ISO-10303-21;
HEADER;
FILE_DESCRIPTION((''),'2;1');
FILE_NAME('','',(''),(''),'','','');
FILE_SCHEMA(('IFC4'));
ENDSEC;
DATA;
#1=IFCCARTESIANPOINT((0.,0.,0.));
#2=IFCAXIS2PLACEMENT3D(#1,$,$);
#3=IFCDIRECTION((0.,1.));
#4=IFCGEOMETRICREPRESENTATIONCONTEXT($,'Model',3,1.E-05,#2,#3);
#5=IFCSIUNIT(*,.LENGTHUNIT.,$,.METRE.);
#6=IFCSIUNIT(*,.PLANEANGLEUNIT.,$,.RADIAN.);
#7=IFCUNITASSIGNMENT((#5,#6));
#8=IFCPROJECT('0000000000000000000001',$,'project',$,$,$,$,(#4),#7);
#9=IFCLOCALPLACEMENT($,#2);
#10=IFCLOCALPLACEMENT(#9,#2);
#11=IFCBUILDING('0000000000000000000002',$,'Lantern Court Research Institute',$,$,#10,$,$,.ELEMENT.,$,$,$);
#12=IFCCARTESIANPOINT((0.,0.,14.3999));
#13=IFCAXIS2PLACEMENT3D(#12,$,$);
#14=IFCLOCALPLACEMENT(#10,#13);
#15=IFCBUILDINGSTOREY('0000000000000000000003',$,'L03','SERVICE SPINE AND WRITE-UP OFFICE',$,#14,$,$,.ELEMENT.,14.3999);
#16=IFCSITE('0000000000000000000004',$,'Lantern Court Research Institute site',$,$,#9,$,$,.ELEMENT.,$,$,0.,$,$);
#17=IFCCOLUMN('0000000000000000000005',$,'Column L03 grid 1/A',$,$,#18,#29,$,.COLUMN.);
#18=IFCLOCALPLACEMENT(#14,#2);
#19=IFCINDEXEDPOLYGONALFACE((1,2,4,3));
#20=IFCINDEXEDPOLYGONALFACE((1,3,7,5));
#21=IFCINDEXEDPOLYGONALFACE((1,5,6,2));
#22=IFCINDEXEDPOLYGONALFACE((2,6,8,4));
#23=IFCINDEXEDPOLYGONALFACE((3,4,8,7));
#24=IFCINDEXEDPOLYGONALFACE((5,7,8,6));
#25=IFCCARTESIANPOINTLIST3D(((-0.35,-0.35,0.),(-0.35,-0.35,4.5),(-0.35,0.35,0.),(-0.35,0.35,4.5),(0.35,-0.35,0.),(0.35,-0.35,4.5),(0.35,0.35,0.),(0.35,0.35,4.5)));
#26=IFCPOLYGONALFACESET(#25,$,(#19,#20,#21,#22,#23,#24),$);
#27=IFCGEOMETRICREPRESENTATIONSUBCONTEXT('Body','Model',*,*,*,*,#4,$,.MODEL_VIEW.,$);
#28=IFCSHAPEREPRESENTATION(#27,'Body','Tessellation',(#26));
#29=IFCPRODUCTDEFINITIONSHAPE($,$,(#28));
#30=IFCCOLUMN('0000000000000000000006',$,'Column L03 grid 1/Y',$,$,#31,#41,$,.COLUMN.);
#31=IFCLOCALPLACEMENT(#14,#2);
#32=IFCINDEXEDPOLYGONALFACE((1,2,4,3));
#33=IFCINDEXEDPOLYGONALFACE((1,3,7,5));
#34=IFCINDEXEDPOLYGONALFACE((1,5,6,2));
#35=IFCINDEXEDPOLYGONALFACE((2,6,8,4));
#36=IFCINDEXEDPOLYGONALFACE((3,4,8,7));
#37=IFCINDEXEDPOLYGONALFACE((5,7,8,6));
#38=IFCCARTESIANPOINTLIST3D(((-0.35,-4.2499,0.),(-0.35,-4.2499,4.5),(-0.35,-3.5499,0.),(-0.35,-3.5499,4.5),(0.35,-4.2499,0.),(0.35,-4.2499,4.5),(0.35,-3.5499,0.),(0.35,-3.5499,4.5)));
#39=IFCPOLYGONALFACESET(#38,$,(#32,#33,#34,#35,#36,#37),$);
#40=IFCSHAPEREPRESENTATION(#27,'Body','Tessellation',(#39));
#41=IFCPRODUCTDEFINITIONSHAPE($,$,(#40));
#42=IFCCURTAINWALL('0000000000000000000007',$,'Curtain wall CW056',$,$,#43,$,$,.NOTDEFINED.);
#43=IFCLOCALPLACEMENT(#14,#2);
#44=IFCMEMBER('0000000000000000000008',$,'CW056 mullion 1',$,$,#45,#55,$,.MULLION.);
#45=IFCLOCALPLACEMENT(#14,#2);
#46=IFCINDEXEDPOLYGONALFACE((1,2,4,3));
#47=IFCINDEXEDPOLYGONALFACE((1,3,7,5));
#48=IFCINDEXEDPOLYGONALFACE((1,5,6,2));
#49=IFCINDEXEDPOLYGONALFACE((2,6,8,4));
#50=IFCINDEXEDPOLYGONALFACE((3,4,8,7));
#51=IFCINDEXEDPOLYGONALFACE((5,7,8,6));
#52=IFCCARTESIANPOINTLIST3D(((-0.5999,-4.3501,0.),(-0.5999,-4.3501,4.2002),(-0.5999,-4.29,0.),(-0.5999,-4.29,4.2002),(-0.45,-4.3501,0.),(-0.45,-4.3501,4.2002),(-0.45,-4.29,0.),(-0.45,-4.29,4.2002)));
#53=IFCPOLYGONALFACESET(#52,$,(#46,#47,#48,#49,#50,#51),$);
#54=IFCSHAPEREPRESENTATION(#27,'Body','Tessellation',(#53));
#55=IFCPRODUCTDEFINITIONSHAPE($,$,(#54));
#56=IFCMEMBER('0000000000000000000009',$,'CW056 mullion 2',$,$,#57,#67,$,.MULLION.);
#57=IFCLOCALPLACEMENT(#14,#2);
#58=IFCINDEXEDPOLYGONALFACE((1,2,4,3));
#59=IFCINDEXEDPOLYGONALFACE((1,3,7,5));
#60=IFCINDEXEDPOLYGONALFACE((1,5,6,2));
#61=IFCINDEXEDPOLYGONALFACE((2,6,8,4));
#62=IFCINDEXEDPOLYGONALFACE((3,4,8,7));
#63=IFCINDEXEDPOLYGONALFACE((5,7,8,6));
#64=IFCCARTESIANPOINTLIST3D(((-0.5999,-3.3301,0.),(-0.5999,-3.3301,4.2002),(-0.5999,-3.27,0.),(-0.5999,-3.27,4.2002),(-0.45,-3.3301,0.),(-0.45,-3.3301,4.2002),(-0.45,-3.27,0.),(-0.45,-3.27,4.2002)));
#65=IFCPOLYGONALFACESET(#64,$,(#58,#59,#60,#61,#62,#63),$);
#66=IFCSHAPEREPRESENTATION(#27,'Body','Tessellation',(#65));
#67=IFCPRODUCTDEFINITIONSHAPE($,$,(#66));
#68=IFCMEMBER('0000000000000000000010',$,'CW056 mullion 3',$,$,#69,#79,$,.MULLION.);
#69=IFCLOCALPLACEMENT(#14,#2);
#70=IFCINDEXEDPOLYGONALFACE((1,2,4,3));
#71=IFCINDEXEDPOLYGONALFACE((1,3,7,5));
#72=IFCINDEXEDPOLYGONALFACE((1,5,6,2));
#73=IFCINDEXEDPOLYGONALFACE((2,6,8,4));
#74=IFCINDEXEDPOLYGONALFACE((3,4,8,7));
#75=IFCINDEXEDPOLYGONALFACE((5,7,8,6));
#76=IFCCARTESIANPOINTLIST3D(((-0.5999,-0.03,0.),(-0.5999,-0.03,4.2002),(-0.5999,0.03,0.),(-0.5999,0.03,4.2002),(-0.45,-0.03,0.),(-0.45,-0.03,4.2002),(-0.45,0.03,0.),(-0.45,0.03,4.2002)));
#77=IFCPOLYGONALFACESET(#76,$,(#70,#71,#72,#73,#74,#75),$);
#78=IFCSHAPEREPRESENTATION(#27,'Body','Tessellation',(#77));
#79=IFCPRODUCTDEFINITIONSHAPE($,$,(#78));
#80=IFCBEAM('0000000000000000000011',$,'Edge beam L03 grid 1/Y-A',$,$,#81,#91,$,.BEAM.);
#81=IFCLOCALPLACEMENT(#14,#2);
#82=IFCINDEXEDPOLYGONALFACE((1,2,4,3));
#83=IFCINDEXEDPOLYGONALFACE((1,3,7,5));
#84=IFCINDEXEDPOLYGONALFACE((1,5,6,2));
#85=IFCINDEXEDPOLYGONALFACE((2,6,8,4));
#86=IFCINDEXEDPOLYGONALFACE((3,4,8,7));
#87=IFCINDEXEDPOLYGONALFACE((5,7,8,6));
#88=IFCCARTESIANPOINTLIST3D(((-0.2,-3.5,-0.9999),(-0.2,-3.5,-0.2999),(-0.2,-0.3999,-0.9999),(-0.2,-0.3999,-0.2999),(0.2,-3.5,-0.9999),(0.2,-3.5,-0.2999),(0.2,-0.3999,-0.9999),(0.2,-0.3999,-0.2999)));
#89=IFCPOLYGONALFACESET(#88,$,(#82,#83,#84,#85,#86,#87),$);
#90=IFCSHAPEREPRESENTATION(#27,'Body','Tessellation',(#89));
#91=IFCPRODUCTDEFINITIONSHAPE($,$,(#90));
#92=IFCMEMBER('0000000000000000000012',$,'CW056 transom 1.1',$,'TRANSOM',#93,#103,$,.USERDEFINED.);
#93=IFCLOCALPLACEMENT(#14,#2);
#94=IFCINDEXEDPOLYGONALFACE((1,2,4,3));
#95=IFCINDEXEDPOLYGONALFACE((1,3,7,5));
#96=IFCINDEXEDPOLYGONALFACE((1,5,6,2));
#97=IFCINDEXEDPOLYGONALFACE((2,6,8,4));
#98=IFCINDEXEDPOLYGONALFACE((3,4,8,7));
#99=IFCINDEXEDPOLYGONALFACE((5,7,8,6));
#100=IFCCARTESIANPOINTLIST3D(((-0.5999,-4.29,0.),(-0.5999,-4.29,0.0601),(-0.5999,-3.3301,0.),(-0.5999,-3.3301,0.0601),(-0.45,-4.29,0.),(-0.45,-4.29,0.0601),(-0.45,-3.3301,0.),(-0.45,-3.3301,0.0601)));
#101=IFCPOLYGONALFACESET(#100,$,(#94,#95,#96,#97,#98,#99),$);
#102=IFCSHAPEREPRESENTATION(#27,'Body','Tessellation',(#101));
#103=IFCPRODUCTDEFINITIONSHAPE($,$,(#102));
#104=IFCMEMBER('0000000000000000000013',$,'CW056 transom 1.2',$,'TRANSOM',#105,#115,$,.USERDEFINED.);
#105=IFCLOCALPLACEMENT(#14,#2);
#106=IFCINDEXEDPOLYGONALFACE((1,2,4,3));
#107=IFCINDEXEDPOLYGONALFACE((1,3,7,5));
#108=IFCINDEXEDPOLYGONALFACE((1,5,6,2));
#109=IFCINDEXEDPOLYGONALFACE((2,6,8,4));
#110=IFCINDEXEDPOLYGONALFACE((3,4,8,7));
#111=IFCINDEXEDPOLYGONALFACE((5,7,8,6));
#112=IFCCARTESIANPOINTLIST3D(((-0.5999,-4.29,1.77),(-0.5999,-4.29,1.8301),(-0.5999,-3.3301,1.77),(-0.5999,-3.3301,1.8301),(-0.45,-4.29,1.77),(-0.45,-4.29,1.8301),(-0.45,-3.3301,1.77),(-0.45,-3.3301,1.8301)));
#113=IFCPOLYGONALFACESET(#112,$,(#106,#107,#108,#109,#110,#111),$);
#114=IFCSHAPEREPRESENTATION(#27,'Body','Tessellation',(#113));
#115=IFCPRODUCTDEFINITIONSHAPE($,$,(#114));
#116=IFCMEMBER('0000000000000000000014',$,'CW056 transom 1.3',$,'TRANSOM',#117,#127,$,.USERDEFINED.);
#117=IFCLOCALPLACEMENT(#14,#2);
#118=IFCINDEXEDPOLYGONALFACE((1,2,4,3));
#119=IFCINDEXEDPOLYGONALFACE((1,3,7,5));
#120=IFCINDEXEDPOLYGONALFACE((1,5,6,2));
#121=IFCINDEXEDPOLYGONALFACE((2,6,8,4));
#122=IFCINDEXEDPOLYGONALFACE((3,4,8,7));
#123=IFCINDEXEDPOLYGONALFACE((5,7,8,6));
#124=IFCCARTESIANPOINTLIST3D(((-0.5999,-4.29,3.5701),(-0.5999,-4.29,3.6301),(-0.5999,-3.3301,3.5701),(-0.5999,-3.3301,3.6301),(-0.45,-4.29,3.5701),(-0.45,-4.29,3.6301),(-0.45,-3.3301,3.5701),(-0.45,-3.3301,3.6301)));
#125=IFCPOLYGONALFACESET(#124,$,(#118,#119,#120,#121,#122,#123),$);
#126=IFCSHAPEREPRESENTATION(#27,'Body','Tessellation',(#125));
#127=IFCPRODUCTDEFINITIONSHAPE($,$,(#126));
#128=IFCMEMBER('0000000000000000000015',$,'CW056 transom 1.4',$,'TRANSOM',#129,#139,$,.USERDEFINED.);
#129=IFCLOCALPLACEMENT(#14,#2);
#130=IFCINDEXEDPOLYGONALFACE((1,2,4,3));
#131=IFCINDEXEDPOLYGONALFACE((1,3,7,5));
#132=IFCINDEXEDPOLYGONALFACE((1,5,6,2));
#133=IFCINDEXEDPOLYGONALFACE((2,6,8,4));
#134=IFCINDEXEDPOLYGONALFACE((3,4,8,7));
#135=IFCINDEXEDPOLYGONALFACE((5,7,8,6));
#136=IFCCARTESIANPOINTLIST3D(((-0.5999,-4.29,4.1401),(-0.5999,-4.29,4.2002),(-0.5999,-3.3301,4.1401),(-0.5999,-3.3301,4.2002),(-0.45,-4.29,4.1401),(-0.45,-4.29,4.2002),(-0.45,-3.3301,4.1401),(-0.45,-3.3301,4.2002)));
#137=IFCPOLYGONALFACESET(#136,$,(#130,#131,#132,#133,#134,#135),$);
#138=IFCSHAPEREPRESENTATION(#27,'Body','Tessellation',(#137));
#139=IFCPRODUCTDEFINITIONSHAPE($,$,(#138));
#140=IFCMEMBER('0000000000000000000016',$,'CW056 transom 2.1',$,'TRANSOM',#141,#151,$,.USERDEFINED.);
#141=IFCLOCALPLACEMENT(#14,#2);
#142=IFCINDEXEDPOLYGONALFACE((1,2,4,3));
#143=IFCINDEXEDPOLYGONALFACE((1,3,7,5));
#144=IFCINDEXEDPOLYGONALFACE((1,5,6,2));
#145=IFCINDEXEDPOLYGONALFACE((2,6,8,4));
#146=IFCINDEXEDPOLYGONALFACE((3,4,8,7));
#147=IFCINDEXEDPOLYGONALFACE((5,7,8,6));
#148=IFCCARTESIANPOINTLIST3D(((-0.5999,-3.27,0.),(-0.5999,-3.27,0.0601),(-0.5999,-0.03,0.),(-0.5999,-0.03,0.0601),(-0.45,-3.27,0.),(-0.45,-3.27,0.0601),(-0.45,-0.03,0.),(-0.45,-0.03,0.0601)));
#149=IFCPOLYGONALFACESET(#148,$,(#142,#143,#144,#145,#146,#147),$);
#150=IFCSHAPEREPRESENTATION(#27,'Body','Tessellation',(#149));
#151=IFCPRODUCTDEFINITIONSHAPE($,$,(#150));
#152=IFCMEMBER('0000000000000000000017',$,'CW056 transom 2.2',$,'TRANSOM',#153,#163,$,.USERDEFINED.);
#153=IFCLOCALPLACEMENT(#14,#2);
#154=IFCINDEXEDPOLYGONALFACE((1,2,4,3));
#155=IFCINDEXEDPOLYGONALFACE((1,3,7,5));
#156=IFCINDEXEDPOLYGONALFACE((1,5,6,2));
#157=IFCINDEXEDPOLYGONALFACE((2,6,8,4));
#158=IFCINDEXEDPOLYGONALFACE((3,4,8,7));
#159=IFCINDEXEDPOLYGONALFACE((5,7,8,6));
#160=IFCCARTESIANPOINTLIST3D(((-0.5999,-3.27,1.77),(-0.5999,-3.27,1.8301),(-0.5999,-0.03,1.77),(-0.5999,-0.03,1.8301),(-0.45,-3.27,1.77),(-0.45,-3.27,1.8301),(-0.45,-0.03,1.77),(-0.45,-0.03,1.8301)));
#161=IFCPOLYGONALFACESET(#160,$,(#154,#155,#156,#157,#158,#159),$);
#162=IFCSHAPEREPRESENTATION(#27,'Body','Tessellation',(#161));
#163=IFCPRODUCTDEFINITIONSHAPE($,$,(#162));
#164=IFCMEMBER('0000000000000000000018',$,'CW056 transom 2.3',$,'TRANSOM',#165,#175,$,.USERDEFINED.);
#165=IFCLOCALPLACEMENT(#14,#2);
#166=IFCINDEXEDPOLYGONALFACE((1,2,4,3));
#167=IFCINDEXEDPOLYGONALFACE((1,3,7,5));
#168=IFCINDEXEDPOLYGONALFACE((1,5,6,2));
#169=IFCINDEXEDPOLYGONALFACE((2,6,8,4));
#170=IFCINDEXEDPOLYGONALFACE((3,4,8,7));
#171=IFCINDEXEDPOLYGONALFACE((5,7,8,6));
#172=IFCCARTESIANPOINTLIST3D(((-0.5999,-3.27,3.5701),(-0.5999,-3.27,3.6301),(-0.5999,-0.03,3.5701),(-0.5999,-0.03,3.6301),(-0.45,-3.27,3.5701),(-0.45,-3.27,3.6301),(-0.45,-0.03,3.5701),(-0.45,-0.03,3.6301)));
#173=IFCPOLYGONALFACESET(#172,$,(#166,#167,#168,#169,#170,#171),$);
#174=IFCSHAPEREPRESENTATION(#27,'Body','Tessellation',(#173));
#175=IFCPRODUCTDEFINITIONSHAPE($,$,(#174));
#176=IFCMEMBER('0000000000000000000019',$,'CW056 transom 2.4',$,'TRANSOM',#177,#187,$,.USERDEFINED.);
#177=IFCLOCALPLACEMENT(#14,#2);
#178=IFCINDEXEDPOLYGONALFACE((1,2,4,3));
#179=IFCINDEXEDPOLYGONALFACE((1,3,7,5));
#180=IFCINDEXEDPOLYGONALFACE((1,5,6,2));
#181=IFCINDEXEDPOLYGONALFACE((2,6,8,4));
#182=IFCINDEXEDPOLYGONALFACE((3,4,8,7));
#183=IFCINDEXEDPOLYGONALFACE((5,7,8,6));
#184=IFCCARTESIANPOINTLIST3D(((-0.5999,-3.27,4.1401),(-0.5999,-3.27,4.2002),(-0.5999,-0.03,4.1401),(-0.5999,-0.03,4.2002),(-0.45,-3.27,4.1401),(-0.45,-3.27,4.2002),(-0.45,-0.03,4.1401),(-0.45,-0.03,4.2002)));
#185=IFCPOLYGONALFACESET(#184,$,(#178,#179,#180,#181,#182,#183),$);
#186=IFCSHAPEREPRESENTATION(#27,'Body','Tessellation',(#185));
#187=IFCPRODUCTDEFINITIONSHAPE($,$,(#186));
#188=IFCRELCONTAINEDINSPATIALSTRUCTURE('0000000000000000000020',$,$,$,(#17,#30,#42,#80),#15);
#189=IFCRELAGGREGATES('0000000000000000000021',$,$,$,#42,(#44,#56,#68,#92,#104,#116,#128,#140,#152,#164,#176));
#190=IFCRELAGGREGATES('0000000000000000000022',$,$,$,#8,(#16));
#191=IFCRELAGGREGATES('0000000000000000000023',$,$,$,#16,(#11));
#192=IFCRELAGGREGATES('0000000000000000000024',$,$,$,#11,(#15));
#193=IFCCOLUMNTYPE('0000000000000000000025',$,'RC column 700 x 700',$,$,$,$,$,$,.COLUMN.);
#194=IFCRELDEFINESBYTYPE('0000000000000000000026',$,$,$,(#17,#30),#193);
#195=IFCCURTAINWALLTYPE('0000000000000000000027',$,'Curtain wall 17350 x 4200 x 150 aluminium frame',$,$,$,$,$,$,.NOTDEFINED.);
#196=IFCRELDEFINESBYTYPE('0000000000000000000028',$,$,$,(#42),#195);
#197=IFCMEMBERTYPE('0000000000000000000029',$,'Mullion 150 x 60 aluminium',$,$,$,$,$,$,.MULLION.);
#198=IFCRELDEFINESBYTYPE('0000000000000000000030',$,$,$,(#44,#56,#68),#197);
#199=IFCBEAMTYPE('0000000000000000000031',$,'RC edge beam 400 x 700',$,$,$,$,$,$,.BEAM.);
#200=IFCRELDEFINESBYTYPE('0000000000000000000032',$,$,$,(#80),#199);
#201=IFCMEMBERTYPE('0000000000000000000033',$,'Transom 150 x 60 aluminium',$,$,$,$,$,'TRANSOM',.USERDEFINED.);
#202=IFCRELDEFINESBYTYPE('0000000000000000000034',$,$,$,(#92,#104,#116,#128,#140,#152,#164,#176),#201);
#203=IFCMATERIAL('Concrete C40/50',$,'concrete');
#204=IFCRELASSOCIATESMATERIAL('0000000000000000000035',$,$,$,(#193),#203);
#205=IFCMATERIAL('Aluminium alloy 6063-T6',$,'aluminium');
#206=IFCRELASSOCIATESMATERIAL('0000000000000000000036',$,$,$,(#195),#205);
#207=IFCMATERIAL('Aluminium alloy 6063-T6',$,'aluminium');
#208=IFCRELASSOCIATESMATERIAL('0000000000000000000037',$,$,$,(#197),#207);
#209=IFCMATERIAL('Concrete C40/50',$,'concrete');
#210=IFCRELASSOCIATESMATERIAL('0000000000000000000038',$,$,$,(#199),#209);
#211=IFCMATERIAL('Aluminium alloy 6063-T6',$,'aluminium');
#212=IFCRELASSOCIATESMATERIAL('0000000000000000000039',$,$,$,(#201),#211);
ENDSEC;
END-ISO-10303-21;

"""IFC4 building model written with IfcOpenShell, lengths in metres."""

from ifc_helpers import new_model, si_unit, direction, frame, origin, origin_2d, place, context, subcontext, project, spatial, rectangle, extrude, material, material_profile, profile_set, type_object, element, aggregate, save


model = new_model("IFC4")

# Units and contexts
model_context = context("Model", 3, precision=1e-05, world=origin(), true_north=direction((0.0, 1.0)))
body_context = subcontext(model_context, "Body", "Model", "MODEL_VIEW")
ifc_project = project(units=[si_unit("LENGTHUNIT", "METRE"), si_unit("PLANEANGLEUNIT", "RADIAN")], contexts=[model_context])

# Site, building, storey
site_placement = place(None, origin())
site = spatial("IfcSite", under=ifc_project, at=site_placement, Name="Lantern Court Research Institute site", CompositionType="ELEMENT", RefElevation=0.0)
building_placement = place(site_placement, origin())
building = spatial("IfcBuilding", under=site, at=building_placement, Name="Lantern Court Research Institute", CompositionType="ELEMENT")
storey_placement = place(building_placement, frame((0.0, 0.0, 14.3999)))
storey = spatial("IfcBuildingStorey", under=building, at=storey_placement, Name="L03", Description="SERVICE SPINE AND WRITE-UP OFFICE", CompositionType="ELEMENT", Elevation=14.3999)

# Columns
ifc_material_1 = material(Name="Concrete C40/50", Category="concrete")
ifc_material_profile_1 = material_profile(ifc_material_1, rectangle(XDim=0.7, YDim=0.7, at=origin_2d()), Name="RC column 700 x 700")
ifc_profile_set_1 = profile_set([ifc_material_profile_1], Name="Concrete C40/50")
column_type = type_object("IfcColumnType", Name="RC column 700 x 700", PredefinedType="COLUMN", material=ifc_profile_set_1)
for number, where, z_axis, x_axis, name in (
    (1, (0.0, 0.0, 0.0), (0.0, 0.0, 1.0), (1.0, 0.0, 0.0), "Column L03 grid 1/A"),
    (2, (0.0, -3.8999, 0.0), (0.0, 0.0, 1.0), (1.0, 0.0, 0.0), "Column L03 grid 1/Y"),
):
    element("IfcColumn", number, at=place(storey_placement, frame(where, z_axis=z_axis, x_axis=x_axis)), inside=storey, type_object=column_type, Name=name, PredefinedType="COLUMN", context=body_context, shape_type="SweptSolid", body=[
        extrude(rectangle(XDim=0.7, YDim=0.7, at=origin_2d()), origin(), (0.0, 0.0, 1.0), 4.5),
    ])

# Curtain wall, members
ifc_material_2 = material(Name="Aluminium alloy 6063-T6", Category="aluminium")
curtain_wall_type = type_object("IfcCurtainWallType", Name="Curtain wall 17350 x 4200 x 150 aluminium frame", PredefinedType="NOTDEFINED", material=ifc_material_2)
curtain_wall_placement = place(storey_placement, origin())
curtain_wall = element("IfcCurtainWall", 3, at=curtain_wall_placement, inside=storey, type_object=curtain_wall_type, Name="Curtain wall CW056", PredefinedType="NOTDEFINED")
ifc_material_3 = material(Name="Aluminium alloy 6063-T6", Category="aluminium")
ifc_material_profile_2 = material_profile(ifc_material_3, rectangle(XDim=0.1499, YDim=0.0601, at=origin_2d()), Name="Mullion 150 x 60")
ifc_profile_set_2 = profile_set([ifc_material_profile_2], Name="Aluminium alloy 6063-T6")
member_type_1 = type_object("IfcMemberType", Name="Mullion 150 x 60 aluminium", PredefinedType="MULLION", material=ifc_profile_set_2)
member_1_placement = place(storey_placement, frame((-0.5249, -4.3201, 0.0), z_axis=(0.0, 0.0, 1.0), x_axis=(-1.0, 0.0, 0.0)))
member_1 = element("IfcMember", 4, at=member_1_placement, type_object=member_type_1, Name="CW056 mullion 1", PredefinedType="MULLION", context=body_context, shape_type="SweptSolid", body=[
    extrude(rectangle(XDim=0.1499, YDim=0.0601, at=origin_2d()), origin(), (0.0, 0.0, 1.0), 4.2002),
])
member_2_placement = place(storey_placement, frame((-0.5249, -3.3, 0.0), z_axis=(0.0, 0.0, 1.0), x_axis=(-1.0, 0.0, 0.0)))
member_2 = element("IfcMember", 5, at=member_2_placement, type_object=member_type_1, Name="CW056 mullion 2", PredefinedType="MULLION", context=body_context, shape_type="SweptSolid", body=[
    extrude(rectangle(XDim=0.1499, YDim=0.0601, at=origin_2d()), origin(), (0.0, 0.0, 1.0), 4.2002),
])
member_3_placement = place(storey_placement, frame((-0.5249, 0.0, 0.0), z_axis=(0.0, 0.0, 1.0), x_axis=(-1.0, 0.0, 0.0)))
member_3 = element("IfcMember", 6, at=member_3_placement, type_object=member_type_1, Name="CW056 mullion 3", PredefinedType="MULLION", context=body_context, shape_type="SweptSolid", body=[
    extrude(rectangle(XDim=0.1499, YDim=0.0601, at=origin_2d()), origin(), (0.0, 0.0, 1.0), 4.2002),
])

# Beam
ifc_material_4 = material(Name="Concrete C40/50", Category="concrete")
ifc_material_profile_3 = material_profile(ifc_material_4, rectangle(XDim=0.3999, YDim=0.7, at=origin_2d()), Name="RC beam 400 x 700")
ifc_profile_set_3 = profile_set([ifc_material_profile_3], Name="Concrete C40/50")
beam_type = type_object("IfcBeamType", Name="RC edge beam 400 x 700", PredefinedType="BEAM", material=ifc_profile_set_3)
beam_placement = place(storey_placement, frame((0.0, -3.5, -0.6499), z_axis=(0.0, 1.0, 0.0), x_axis=(-1.0, 0.0, 0.0)))
element("IfcBeam", 7, at=beam_placement, inside=storey, type_object=beam_type, Name="Edge beam L03 grid 1/Y-A", PredefinedType="BEAM", context=body_context, shape_type="SweptSolid", body=[
    extrude(rectangle(XDim=0.3999, YDim=0.7, at=origin_2d()), origin(), (0.0, 0.0, 1.0), 3.1001),
])

# Members
ifc_material_5 = material(Name="Aluminium alloy 6063-T6", Category="aluminium")
ifc_material_profile_4 = material_profile(ifc_material_5, rectangle(XDim=0.1499, YDim=0.0601, at=origin_2d()), Name="Transom 150 x 60")
ifc_profile_set_4 = profile_set([ifc_material_profile_4], Name="Aluminium alloy 6063-T6")
member_type_2 = type_object("IfcMemberType", Name="Transom 150 x 60 aluminium", ElementType="TRANSOM", PredefinedType="USERDEFINED", material=ifc_profile_set_4)
member_4_placement = place(storey_placement, frame((-0.5249, -4.29, 0.03), z_axis=(0.0, 1.0, 0.0), x_axis=(-1.0, 0.0, 0.0)))
member_4 = element("IfcMember", 8, at=member_4_placement, type_object=member_type_2, Name="CW056 transom 1.1", ObjectType="TRANSOM", PredefinedType="USERDEFINED", context=body_context, shape_type="SweptSolid", body=[
    extrude(rectangle(XDim=0.1499, YDim=0.0601, at=origin_2d()), origin(), (0.0, 0.0, 1.0), 0.96),
])
member_5_placement = place(storey_placement, frame((-0.5249, -4.29, 1.8), z_axis=(0.0, 1.0, 0.0), x_axis=(-1.0, 0.0, 0.0)))
member_5 = element("IfcMember", 9, at=member_5_placement, type_object=member_type_2, Name="CW056 transom 1.2", ObjectType="TRANSOM", PredefinedType="USERDEFINED", context=body_context, shape_type="SweptSolid", body=[
    extrude(rectangle(XDim=0.1499, YDim=0.0601, at=origin_2d()), origin(), (0.0, 0.0, 1.0), 0.96),
])
member_6_placement = place(storey_placement, frame((-0.5249, -4.29, 3.6001), z_axis=(0.0, 1.0, 0.0), x_axis=(-1.0, 0.0, 0.0)))
member_6 = element("IfcMember", 10, at=member_6_placement, type_object=member_type_2, Name="CW056 transom 1.3", ObjectType="TRANSOM", PredefinedType="USERDEFINED", context=body_context, shape_type="SweptSolid", body=[
    extrude(rectangle(XDim=0.1499, YDim=0.0601, at=origin_2d()), origin(), (0.0, 0.0, 1.0), 0.96),
])
member_7_placement = place(storey_placement, frame((-0.5249, -4.29, 4.1702), z_axis=(0.0, 1.0, 0.0), x_axis=(-1.0, 0.0, 0.0)))
member_7 = element("IfcMember", 11, at=member_7_placement, type_object=member_type_2, Name="CW056 transom 1.4", ObjectType="TRANSOM", PredefinedType="USERDEFINED", context=body_context, shape_type="SweptSolid", body=[
    extrude(rectangle(XDim=0.1499, YDim=0.0601, at=origin_2d()), origin(), (0.0, 0.0, 1.0), 0.96),
])
member_8_placement = place(storey_placement, frame((-0.5249, -3.27, 0.03), z_axis=(0.0, 1.0, 0.0), x_axis=(-1.0, 0.0, 0.0)))
member_8 = element("IfcMember", 12, at=member_8_placement, type_object=member_type_2, Name="CW056 transom 2.1", ObjectType="TRANSOM", PredefinedType="USERDEFINED", context=body_context, shape_type="SweptSolid", body=[
    extrude(rectangle(XDim=0.1499, YDim=0.0601, at=origin_2d()), origin(), (0.0, 0.0, 1.0), 3.24),
])
member_9_placement = place(storey_placement, frame((-0.5249, -3.27, 1.8), z_axis=(0.0, 1.0, 0.0), x_axis=(-1.0, 0.0, 0.0)))
member_9 = element("IfcMember", 13, at=member_9_placement, type_object=member_type_2, Name="CW056 transom 2.2", ObjectType="TRANSOM", PredefinedType="USERDEFINED", context=body_context, shape_type="SweptSolid", body=[
    extrude(rectangle(XDim=0.1499, YDim=0.0601, at=origin_2d()), origin(), (0.0, 0.0, 1.0), 3.24),
])
member_10_placement = place(storey_placement, frame((-0.5249, -3.27, 3.6001), z_axis=(0.0, 1.0, 0.0), x_axis=(-1.0, 0.0, 0.0)))
member_10 = element("IfcMember", 14, at=member_10_placement, type_object=member_type_2, Name="CW056 transom 2.3", ObjectType="TRANSOM", PredefinedType="USERDEFINED", context=body_context, shape_type="SweptSolid", body=[
    extrude(rectangle(XDim=0.1499, YDim=0.0601, at=origin_2d()), origin(), (0.0, 0.0, 1.0), 3.24),
])
member_11_placement = place(storey_placement, frame((-0.5249, -3.27, 4.1702), z_axis=(0.0, 1.0, 0.0), x_axis=(-1.0, 0.0, 0.0)))
member_11 = element("IfcMember", 15, at=member_11_placement, type_object=member_type_2, Name="CW056 transom 2.4", ObjectType="TRANSOM", PredefinedType="USERDEFINED", context=body_context, shape_type="SweptSolid", body=[
    extrude(rectangle(XDim=0.1499, YDim=0.0601, at=origin_2d()), origin(), (0.0, 0.0, 1.0), 3.24),
])

aggregate(curtain_wall, [member_1, member_2, member_3, member_4, member_5, member_6, member_7, member_8, member_9, member_10, member_11])

save(model, "model.ifc")
